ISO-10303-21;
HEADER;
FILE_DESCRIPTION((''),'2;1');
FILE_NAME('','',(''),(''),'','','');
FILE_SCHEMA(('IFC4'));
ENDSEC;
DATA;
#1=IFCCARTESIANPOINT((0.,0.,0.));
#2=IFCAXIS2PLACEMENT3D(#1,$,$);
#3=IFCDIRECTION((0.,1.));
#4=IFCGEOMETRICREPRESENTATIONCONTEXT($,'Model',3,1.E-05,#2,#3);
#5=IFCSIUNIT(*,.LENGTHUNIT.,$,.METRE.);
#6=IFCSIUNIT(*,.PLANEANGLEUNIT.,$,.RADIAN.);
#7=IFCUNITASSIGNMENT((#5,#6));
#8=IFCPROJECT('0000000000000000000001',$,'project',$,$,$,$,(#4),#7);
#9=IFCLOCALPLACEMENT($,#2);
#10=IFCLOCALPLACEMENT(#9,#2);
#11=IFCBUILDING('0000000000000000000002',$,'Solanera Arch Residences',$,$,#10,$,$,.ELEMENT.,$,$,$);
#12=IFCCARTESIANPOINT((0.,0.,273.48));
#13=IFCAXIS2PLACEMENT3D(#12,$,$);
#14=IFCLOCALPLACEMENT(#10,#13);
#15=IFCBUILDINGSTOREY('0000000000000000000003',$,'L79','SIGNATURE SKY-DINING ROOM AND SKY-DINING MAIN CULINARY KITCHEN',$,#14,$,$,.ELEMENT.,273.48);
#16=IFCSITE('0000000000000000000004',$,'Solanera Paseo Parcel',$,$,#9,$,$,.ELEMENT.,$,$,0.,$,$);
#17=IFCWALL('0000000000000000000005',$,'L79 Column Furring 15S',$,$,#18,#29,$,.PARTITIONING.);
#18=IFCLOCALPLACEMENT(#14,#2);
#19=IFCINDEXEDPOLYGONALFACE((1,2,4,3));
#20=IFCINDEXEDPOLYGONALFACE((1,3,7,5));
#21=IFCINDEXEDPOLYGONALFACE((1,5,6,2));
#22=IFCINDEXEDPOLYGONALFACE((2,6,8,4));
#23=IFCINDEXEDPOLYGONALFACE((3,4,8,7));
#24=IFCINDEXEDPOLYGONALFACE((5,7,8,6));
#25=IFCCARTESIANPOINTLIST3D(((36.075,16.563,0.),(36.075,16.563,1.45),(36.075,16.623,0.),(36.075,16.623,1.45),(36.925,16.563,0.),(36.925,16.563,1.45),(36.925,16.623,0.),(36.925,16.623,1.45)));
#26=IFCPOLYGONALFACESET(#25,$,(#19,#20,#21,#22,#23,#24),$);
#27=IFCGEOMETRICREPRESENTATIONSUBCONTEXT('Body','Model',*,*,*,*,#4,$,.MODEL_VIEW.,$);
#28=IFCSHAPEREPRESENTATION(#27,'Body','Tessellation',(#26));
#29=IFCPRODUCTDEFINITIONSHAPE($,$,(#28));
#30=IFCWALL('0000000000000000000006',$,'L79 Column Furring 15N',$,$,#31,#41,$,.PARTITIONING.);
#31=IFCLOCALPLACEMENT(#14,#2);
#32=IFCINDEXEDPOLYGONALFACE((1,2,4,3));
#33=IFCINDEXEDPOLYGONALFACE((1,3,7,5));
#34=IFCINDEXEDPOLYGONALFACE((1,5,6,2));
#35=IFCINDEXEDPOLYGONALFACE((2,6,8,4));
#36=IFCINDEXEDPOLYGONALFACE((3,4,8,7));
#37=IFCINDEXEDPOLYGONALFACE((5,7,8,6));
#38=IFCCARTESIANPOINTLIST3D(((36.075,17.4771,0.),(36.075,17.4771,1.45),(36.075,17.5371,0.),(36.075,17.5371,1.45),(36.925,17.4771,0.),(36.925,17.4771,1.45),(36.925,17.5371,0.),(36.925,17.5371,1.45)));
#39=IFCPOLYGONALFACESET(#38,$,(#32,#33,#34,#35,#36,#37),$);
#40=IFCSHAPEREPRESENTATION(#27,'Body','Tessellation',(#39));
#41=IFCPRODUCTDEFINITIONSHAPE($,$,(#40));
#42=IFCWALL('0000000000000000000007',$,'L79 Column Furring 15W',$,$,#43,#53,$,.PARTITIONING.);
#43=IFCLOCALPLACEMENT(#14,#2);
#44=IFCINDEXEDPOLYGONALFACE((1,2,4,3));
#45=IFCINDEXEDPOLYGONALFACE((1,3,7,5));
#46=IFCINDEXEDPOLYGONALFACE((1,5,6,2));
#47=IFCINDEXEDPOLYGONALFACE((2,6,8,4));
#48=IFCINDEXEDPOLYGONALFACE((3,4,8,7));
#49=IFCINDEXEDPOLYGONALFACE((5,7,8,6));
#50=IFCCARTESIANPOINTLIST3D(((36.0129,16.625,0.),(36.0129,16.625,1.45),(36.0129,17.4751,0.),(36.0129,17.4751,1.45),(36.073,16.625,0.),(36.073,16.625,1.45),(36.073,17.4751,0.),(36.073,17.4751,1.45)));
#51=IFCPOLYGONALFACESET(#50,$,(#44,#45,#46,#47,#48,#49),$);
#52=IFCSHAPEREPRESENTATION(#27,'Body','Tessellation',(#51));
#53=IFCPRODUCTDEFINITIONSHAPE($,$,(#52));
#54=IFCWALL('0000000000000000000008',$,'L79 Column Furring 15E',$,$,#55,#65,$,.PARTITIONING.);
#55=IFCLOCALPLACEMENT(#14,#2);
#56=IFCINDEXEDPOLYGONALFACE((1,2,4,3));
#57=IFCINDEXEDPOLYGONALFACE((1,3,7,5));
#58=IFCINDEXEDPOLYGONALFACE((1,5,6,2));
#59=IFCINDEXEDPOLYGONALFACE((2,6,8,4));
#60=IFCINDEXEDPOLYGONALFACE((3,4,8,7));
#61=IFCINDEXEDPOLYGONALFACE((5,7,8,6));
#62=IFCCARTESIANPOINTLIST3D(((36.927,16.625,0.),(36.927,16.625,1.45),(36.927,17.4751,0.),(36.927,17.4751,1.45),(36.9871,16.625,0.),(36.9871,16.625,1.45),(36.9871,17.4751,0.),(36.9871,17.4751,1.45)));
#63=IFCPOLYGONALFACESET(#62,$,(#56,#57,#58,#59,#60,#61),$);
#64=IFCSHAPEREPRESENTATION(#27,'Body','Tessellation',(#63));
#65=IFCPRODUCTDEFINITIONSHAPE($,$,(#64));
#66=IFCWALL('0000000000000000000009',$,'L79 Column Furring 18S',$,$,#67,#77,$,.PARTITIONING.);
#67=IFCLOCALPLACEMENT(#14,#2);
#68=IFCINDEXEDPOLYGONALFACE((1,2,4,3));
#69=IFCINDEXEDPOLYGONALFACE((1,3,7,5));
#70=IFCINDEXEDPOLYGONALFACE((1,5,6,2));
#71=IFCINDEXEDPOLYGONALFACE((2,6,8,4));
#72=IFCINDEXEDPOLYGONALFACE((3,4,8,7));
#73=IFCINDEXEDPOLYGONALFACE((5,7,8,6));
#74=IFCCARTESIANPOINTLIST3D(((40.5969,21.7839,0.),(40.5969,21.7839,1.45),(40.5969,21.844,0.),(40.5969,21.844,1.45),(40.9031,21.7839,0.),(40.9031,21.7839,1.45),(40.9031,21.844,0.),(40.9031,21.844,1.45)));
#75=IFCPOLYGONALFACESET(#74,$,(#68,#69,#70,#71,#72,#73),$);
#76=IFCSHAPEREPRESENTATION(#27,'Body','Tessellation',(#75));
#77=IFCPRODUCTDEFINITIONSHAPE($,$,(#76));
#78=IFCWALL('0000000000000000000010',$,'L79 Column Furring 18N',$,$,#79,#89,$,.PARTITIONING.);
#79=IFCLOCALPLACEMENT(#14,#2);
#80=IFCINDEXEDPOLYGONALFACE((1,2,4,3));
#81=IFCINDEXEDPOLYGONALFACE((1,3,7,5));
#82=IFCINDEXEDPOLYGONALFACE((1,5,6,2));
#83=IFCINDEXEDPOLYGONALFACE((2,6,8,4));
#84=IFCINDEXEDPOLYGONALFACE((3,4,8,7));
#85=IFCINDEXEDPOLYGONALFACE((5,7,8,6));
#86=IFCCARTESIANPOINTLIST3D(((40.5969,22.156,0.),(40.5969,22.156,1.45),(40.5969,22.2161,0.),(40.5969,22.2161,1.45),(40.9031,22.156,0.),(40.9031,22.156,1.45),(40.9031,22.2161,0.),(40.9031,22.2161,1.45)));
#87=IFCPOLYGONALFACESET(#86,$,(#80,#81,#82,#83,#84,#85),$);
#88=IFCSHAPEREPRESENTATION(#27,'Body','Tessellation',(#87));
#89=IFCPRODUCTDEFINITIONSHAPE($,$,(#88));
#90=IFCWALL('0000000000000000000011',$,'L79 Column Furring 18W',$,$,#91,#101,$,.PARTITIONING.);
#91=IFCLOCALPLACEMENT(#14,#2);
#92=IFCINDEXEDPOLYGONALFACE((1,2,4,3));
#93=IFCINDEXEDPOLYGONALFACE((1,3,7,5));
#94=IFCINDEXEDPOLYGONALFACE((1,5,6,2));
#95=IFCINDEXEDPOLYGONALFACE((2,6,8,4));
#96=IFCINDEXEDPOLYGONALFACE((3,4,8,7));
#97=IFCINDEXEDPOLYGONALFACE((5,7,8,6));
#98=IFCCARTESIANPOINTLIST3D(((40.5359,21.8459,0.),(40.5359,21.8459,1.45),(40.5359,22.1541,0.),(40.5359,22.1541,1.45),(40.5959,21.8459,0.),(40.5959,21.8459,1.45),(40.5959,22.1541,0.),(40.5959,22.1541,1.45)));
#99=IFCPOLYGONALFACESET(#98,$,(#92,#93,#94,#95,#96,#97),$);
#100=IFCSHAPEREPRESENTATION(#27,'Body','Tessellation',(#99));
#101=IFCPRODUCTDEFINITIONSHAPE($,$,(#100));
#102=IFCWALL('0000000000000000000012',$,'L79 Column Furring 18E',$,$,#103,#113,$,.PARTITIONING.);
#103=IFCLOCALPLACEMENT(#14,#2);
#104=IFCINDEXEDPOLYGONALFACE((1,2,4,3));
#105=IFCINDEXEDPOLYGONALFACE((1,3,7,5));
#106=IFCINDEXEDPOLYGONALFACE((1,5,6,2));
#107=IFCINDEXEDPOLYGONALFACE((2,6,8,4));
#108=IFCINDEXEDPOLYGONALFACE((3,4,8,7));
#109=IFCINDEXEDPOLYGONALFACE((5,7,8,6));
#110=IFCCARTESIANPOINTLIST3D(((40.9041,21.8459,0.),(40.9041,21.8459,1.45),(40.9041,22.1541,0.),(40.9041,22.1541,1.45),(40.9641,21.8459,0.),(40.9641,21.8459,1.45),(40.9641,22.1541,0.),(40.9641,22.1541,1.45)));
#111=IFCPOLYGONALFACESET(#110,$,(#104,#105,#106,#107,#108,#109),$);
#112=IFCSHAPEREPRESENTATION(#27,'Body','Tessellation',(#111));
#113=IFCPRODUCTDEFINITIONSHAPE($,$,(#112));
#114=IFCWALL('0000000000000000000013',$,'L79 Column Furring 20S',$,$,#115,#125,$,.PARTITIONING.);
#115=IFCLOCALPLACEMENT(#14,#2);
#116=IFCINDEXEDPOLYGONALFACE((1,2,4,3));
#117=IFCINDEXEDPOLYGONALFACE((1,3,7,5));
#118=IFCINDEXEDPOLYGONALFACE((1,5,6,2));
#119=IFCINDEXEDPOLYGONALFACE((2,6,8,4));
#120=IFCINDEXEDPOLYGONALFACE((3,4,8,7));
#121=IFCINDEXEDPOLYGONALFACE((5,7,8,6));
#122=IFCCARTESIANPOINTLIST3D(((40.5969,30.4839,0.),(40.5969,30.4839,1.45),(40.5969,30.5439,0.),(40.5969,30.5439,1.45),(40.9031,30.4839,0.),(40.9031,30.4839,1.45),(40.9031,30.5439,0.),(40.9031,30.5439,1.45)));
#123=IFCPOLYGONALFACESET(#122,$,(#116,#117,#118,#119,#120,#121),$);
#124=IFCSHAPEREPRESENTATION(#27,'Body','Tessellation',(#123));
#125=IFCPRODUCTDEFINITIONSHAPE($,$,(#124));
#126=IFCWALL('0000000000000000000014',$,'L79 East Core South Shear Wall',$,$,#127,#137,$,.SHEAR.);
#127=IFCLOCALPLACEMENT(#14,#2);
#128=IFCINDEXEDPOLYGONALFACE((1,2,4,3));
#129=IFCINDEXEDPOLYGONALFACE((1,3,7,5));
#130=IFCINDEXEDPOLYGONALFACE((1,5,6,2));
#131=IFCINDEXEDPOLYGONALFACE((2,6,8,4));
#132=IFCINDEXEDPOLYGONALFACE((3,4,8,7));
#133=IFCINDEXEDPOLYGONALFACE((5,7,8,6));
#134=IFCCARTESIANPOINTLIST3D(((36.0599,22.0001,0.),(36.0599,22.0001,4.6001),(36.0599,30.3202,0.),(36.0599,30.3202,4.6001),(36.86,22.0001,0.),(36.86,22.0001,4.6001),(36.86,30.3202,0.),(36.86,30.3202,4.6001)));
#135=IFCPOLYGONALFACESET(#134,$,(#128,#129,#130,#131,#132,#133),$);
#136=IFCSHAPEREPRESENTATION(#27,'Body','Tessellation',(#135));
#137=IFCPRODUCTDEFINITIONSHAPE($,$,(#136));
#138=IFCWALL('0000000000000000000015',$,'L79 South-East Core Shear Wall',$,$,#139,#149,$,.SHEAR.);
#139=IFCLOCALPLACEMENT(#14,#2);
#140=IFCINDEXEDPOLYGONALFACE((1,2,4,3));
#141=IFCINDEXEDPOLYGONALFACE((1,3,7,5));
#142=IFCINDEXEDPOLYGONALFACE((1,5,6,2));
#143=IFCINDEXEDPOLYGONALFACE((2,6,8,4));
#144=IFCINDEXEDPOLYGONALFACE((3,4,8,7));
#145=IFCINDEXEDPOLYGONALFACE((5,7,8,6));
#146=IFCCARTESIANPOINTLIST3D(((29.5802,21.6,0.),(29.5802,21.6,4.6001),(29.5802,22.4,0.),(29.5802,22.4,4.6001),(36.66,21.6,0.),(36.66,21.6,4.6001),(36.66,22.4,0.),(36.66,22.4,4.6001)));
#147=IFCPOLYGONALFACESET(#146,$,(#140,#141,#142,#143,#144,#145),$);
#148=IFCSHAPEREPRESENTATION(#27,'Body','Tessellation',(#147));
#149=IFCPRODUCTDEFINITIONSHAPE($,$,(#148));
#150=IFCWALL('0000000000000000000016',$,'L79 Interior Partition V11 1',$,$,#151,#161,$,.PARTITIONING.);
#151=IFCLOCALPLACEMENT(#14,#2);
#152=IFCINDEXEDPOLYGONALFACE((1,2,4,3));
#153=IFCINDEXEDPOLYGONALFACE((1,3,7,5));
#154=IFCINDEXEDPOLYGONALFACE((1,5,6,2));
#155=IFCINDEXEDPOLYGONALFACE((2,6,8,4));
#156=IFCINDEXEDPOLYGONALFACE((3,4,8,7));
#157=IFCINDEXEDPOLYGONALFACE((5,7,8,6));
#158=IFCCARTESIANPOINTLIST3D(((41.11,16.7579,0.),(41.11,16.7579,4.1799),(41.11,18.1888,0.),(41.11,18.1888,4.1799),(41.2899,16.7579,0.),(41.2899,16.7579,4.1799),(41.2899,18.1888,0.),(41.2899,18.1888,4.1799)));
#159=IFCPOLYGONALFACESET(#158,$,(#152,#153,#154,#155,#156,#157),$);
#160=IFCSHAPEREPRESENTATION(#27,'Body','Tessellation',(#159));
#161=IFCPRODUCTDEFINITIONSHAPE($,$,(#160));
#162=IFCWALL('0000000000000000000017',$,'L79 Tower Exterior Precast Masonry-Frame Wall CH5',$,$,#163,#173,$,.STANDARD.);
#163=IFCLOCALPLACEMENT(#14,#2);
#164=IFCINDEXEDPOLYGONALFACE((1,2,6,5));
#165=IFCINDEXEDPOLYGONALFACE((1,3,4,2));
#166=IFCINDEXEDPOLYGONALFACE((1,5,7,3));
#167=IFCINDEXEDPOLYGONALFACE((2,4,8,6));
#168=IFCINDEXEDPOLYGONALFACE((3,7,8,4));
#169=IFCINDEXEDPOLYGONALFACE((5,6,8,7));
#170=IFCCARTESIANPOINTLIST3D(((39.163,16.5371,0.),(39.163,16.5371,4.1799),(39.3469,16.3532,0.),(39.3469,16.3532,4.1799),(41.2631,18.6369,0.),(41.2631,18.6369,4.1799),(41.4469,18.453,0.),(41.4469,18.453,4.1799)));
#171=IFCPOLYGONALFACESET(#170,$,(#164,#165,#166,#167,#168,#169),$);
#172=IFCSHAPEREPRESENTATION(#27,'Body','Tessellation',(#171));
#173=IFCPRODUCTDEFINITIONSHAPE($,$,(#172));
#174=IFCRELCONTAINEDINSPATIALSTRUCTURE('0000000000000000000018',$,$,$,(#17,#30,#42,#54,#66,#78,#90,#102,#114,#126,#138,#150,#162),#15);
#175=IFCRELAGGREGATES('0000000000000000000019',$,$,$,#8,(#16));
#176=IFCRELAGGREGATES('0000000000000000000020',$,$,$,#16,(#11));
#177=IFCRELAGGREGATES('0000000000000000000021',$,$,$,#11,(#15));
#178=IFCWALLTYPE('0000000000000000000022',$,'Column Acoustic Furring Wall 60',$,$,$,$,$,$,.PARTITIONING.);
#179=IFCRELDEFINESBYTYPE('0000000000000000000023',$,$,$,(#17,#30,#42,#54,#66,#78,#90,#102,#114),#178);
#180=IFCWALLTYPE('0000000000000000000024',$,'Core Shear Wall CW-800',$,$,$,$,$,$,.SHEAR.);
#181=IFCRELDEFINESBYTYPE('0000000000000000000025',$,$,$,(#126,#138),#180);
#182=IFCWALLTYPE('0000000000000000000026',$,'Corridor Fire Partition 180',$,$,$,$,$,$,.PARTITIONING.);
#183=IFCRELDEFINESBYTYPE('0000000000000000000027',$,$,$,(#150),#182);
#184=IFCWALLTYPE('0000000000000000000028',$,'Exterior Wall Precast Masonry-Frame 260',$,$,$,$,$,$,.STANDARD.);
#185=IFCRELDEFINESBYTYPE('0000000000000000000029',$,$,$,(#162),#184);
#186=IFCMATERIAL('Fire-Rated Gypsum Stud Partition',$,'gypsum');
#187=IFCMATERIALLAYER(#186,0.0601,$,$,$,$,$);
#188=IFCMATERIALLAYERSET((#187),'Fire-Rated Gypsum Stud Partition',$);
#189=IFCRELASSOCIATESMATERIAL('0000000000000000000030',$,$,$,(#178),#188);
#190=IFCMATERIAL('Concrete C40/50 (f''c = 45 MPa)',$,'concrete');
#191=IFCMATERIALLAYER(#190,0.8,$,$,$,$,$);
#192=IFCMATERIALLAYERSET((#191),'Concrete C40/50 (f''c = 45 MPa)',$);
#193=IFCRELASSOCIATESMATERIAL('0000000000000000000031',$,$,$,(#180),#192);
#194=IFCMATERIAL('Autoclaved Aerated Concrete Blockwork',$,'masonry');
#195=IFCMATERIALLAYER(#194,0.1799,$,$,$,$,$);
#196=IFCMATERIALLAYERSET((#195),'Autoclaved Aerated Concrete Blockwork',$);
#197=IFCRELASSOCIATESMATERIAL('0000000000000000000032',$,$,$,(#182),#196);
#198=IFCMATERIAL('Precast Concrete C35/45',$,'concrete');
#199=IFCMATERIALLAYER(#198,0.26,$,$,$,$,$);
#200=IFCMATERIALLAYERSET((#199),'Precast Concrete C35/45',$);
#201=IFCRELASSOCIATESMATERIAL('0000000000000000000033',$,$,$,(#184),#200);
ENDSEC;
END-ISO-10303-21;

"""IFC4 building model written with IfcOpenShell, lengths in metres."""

from ifc_helpers import new_model, si_unit, direction, frame, frame_2d, origin, place, context, subcontext, project, spatial, rectangle, extrude, material, layer, layer_set, type_object, element, save


model = new_model("IFC4")

# Units and contexts
model_context = context("Model", 3, precision=1e-05, world=origin(), true_north=direction((0.0, 1.0)))
body_context = subcontext(model_context, "Body", "Model", "MODEL_VIEW")
ifc_project = project(units=[si_unit("LENGTHUNIT", "METRE"), si_unit("PLANEANGLEUNIT", "RADIAN")], contexts=[model_context])

# Site, building, storey
site_placement = place(None, origin())
site = spatial("IfcSite", under=ifc_project, at=site_placement, Name="Solanera Paseo Parcel", CompositionType="ELEMENT", RefElevation=0.0)
building_placement = place(site_placement, origin())
building = spatial("IfcBuilding", under=site, at=building_placement, Name="Solanera Arch Residences", CompositionType="ELEMENT")
storey_placement = place(building_placement, frame((0.0, 0.0, 273.48)))
storey = spatial("IfcBuildingStorey", under=building, at=storey_placement, Name="L79", Description="SIGNATURE SKY-DINING ROOM AND SKY-DINING MAIN CULINARY KITCHEN", CompositionType="ELEMENT", Elevation=273.48)

# Walls
ifc_material_1 = material(Name="Fire-Rated Gypsum Stud Partition", Category="gypsum")
ifc_layer_1 = layer(ifc_material_1, 0.0601)
ifc_layer_set_1 = layer_set([ifc_layer_1], Name="Fire-Rated Gypsum Stud Partition")
wall_type_1 = type_object("IfcWallType", Name="Column Acoustic Furring Wall 60", PredefinedType="PARTITIONING", material=ifc_layer_set_1)
for number, where, z_axis, x_axis, name in (
    (1, (36.075, 16.593, 0.0), (0.0, 0.0, 1.0), (1.0, 0.0, 0.0), "L79 Column Furring 15S"),
    (2, (36.075, 17.5071, 0.0), (0.0, 0.0, 1.0), (1.0, 0.0, 0.0), "L79 Column Furring 15N"),
    (3, (36.043, 16.625, 0.0), (0.0, 0.0, 1.0), (0.0, 1.0, 0.0), "L79 Column Furring 15W"),
    (4, (36.957, 16.625, 0.0), (0.0, 0.0, 1.0), (0.0, 1.0, 0.0), "L79 Column Furring 15E"),
):
    element("IfcWall", number, at=place(storey_placement, frame(where, z_axis=z_axis, x_axis=x_axis)), inside=storey, type_object=wall_type_1, Name=name, PredefinedType="PARTITIONING", context=body_context, shape_type="SweptSolid", body=[
        extrude(rectangle(XDim=0.8501, YDim=0.0601, at=frame_2d((0.425, 0.0))), origin(), (0.0, 0.0, 1.0), 1.45),
    ])
for number, where, z_axis, x_axis, name in (
    (5, (40.5969, 21.814, 0.0), (0.0, 0.0, 1.0), (1.0, 0.0, 0.0), "L79 Column Furring 18S"),
    (6, (40.5969, 22.186, 0.0), (0.0, 0.0, 1.0), (1.0, 0.0, 0.0), "L79 Column Furring 18N"),
):
    element("IfcWall", number, at=place(storey_placement, frame(where, z_axis=z_axis, x_axis=x_axis)), inside=storey, type_object=wall_type_1, Name=name, PredefinedType="PARTITIONING", context=body_context, shape_type="SweptSolid", body=[
        extrude(rectangle(XDim=0.3062, YDim=0.0601, at=frame_2d((0.1531, 0.0))), origin(), (0.0, 0.0, 1.0), 1.45),
    ])
for number, where, z_axis, x_axis, name in (
    (7, (40.5659, 21.8459, 0.0), (0.0, 0.0, 1.0), (0.0, 1.0, 0.0), "L79 Column Furring 18W"),
    (8, (40.9341, 21.8459, 0.0), (0.0, 0.0, 1.0), (0.0, 1.0, 0.0), "L79 Column Furring 18E"),
):
    element("IfcWall", number, at=place(storey_placement, frame(where, z_axis=z_axis, x_axis=x_axis)), inside=storey, type_object=wall_type_1, Name=name, PredefinedType="PARTITIONING", context=body_context, shape_type="SweptSolid", body=[
        extrude(rectangle(XDim=0.3081, YDim=0.0601, at=frame_2d((0.1541, 0.0))), origin(), (0.0, 0.0, 1.0), 1.45),
    ])
wall_1_placement = place(storey_placement, frame((40.5969, 30.5139, 0.0), z_axis=(0.0, 0.0, 1.0), x_axis=(1.0, 0.0, 0.0)))
element("IfcWall", 9, at=wall_1_placement, inside=storey, type_object=wall_type_1, Name="L79 Column Furring 20S", PredefinedType="PARTITIONING", context=body_context, shape_type="SweptSolid", body=[
    extrude(rectangle(XDim=0.3062, YDim=0.0601, at=frame_2d((0.1531, 0.0))), origin(), (0.0, 0.0, 1.0), 1.45),
])
ifc_material_2 = material(Name="Concrete C40/50 (f'c = 45 MPa)", Category="concrete")
ifc_layer_2 = layer(ifc_material_2, 0.8)
ifc_layer_set_2 = layer_set([ifc_layer_2], Name="Concrete C40/50 (f'c = 45 MPa)")
wall_type_2 = type_object("IfcWallType", Name="Core Shear Wall CW-800", PredefinedType="SHEAR", material=ifc_layer_set_2)
wall_2_placement = place(storey_placement, frame((36.46, 22.0, 0.0), z_axis=(0.0, 0.0, 1.0), x_axis=(0.0, 1.0, 0.0)))
element("IfcWall", 10, at=wall_2_placement, inside=storey, type_object=wall_type_2, Name="L79 East Core South Shear Wall", PredefinedType="SHEAR", context=body_context, shape_type="SweptSolid", body=[
    extrude(rectangle(XDim=8.3201, YDim=0.8, at=frame_2d((4.1602, 0.0))), origin(), (0.0, 0.0, 1.0), 4.6001),
])
wall_3_placement = place(storey_placement, frame((29.5801, 22.0, 0.0), z_axis=(0.0, 0.0, 1.0), x_axis=(1.0, 0.0, 0.0)))
element("IfcWall", 11, at=wall_3_placement, inside=storey, type_object=wall_type_2, Name="L79 South-East Core Shear Wall", PredefinedType="SHEAR", context=body_context, shape_type="SweptSolid", body=[
    extrude(rectangle(XDim=7.0798, YDim=0.8, at=frame_2d((3.54, 0.0))), origin(), (0.0, 0.0, 1.0), 4.6001),
])
ifc_material_3 = material(Name="Autoclaved Aerated Concrete Blockwork", Category="masonry")
ifc_layer_3 = layer(ifc_material_3, 0.1799)
ifc_layer_set_3 = layer_set([ifc_layer_3], Name="Autoclaved Aerated Concrete Blockwork")
wall_type_3 = type_object("IfcWallType", Name="Corridor Fire Partition 180", PredefinedType="PARTITIONING", material=ifc_layer_set_3)
wall_4_placement = place(storey_placement, frame((41.2, 16.7581, 0.0), z_axis=(0.0, 0.0, 1.0), x_axis=(0.0, 1.0, 0.0)))
element("IfcWall", 12, at=wall_4_placement, inside=storey, type_object=wall_type_3, Name="L79 Interior Partition V11 1", PredefinedType="PARTITIONING", context=body_context, shape_type="SweptSolid", body=[
    extrude(rectangle(XDim=1.4309, YDim=0.1799, at=frame_2d((0.7153, 0.0))), origin(), (0.0, 0.0, 1.0), 4.1799),
])
ifc_material_4 = material(Name="Precast Concrete C35/45", Category="concrete")
ifc_layer_4 = layer(ifc_material_4, 0.26)
ifc_layer_set_4 = layer_set([ifc_layer_4], Name="Precast Concrete C35/45")
wall_type_4 = type_object("IfcWallType", Name="Exterior Wall Precast Masonry-Frame 260", PredefinedType="STANDARD", material=ifc_layer_set_4)
wall_5_placement = place(storey_placement, frame((41.355, 18.5449, 0.0), z_axis=(0.0, 0.0, 1.0), x_axis=(-0.707148, -0.707066, 0.0)))
element("IfcWall", 13, at=wall_5_placement, inside=storey, type_object=wall_type_4, Name="L79 Tower Exterior Precast Masonry-Frame Wall CH5", PredefinedType="STANDARD", context=body_context, shape_type="SweptSolid", body=[
    extrude(rectangle(XDim=2.9697, YDim=0.26, at=frame_2d((1.4849, 0.0))), origin(), (0.0, 0.0, 1.0), 4.1799),
])

save(model, "model.ifc")
